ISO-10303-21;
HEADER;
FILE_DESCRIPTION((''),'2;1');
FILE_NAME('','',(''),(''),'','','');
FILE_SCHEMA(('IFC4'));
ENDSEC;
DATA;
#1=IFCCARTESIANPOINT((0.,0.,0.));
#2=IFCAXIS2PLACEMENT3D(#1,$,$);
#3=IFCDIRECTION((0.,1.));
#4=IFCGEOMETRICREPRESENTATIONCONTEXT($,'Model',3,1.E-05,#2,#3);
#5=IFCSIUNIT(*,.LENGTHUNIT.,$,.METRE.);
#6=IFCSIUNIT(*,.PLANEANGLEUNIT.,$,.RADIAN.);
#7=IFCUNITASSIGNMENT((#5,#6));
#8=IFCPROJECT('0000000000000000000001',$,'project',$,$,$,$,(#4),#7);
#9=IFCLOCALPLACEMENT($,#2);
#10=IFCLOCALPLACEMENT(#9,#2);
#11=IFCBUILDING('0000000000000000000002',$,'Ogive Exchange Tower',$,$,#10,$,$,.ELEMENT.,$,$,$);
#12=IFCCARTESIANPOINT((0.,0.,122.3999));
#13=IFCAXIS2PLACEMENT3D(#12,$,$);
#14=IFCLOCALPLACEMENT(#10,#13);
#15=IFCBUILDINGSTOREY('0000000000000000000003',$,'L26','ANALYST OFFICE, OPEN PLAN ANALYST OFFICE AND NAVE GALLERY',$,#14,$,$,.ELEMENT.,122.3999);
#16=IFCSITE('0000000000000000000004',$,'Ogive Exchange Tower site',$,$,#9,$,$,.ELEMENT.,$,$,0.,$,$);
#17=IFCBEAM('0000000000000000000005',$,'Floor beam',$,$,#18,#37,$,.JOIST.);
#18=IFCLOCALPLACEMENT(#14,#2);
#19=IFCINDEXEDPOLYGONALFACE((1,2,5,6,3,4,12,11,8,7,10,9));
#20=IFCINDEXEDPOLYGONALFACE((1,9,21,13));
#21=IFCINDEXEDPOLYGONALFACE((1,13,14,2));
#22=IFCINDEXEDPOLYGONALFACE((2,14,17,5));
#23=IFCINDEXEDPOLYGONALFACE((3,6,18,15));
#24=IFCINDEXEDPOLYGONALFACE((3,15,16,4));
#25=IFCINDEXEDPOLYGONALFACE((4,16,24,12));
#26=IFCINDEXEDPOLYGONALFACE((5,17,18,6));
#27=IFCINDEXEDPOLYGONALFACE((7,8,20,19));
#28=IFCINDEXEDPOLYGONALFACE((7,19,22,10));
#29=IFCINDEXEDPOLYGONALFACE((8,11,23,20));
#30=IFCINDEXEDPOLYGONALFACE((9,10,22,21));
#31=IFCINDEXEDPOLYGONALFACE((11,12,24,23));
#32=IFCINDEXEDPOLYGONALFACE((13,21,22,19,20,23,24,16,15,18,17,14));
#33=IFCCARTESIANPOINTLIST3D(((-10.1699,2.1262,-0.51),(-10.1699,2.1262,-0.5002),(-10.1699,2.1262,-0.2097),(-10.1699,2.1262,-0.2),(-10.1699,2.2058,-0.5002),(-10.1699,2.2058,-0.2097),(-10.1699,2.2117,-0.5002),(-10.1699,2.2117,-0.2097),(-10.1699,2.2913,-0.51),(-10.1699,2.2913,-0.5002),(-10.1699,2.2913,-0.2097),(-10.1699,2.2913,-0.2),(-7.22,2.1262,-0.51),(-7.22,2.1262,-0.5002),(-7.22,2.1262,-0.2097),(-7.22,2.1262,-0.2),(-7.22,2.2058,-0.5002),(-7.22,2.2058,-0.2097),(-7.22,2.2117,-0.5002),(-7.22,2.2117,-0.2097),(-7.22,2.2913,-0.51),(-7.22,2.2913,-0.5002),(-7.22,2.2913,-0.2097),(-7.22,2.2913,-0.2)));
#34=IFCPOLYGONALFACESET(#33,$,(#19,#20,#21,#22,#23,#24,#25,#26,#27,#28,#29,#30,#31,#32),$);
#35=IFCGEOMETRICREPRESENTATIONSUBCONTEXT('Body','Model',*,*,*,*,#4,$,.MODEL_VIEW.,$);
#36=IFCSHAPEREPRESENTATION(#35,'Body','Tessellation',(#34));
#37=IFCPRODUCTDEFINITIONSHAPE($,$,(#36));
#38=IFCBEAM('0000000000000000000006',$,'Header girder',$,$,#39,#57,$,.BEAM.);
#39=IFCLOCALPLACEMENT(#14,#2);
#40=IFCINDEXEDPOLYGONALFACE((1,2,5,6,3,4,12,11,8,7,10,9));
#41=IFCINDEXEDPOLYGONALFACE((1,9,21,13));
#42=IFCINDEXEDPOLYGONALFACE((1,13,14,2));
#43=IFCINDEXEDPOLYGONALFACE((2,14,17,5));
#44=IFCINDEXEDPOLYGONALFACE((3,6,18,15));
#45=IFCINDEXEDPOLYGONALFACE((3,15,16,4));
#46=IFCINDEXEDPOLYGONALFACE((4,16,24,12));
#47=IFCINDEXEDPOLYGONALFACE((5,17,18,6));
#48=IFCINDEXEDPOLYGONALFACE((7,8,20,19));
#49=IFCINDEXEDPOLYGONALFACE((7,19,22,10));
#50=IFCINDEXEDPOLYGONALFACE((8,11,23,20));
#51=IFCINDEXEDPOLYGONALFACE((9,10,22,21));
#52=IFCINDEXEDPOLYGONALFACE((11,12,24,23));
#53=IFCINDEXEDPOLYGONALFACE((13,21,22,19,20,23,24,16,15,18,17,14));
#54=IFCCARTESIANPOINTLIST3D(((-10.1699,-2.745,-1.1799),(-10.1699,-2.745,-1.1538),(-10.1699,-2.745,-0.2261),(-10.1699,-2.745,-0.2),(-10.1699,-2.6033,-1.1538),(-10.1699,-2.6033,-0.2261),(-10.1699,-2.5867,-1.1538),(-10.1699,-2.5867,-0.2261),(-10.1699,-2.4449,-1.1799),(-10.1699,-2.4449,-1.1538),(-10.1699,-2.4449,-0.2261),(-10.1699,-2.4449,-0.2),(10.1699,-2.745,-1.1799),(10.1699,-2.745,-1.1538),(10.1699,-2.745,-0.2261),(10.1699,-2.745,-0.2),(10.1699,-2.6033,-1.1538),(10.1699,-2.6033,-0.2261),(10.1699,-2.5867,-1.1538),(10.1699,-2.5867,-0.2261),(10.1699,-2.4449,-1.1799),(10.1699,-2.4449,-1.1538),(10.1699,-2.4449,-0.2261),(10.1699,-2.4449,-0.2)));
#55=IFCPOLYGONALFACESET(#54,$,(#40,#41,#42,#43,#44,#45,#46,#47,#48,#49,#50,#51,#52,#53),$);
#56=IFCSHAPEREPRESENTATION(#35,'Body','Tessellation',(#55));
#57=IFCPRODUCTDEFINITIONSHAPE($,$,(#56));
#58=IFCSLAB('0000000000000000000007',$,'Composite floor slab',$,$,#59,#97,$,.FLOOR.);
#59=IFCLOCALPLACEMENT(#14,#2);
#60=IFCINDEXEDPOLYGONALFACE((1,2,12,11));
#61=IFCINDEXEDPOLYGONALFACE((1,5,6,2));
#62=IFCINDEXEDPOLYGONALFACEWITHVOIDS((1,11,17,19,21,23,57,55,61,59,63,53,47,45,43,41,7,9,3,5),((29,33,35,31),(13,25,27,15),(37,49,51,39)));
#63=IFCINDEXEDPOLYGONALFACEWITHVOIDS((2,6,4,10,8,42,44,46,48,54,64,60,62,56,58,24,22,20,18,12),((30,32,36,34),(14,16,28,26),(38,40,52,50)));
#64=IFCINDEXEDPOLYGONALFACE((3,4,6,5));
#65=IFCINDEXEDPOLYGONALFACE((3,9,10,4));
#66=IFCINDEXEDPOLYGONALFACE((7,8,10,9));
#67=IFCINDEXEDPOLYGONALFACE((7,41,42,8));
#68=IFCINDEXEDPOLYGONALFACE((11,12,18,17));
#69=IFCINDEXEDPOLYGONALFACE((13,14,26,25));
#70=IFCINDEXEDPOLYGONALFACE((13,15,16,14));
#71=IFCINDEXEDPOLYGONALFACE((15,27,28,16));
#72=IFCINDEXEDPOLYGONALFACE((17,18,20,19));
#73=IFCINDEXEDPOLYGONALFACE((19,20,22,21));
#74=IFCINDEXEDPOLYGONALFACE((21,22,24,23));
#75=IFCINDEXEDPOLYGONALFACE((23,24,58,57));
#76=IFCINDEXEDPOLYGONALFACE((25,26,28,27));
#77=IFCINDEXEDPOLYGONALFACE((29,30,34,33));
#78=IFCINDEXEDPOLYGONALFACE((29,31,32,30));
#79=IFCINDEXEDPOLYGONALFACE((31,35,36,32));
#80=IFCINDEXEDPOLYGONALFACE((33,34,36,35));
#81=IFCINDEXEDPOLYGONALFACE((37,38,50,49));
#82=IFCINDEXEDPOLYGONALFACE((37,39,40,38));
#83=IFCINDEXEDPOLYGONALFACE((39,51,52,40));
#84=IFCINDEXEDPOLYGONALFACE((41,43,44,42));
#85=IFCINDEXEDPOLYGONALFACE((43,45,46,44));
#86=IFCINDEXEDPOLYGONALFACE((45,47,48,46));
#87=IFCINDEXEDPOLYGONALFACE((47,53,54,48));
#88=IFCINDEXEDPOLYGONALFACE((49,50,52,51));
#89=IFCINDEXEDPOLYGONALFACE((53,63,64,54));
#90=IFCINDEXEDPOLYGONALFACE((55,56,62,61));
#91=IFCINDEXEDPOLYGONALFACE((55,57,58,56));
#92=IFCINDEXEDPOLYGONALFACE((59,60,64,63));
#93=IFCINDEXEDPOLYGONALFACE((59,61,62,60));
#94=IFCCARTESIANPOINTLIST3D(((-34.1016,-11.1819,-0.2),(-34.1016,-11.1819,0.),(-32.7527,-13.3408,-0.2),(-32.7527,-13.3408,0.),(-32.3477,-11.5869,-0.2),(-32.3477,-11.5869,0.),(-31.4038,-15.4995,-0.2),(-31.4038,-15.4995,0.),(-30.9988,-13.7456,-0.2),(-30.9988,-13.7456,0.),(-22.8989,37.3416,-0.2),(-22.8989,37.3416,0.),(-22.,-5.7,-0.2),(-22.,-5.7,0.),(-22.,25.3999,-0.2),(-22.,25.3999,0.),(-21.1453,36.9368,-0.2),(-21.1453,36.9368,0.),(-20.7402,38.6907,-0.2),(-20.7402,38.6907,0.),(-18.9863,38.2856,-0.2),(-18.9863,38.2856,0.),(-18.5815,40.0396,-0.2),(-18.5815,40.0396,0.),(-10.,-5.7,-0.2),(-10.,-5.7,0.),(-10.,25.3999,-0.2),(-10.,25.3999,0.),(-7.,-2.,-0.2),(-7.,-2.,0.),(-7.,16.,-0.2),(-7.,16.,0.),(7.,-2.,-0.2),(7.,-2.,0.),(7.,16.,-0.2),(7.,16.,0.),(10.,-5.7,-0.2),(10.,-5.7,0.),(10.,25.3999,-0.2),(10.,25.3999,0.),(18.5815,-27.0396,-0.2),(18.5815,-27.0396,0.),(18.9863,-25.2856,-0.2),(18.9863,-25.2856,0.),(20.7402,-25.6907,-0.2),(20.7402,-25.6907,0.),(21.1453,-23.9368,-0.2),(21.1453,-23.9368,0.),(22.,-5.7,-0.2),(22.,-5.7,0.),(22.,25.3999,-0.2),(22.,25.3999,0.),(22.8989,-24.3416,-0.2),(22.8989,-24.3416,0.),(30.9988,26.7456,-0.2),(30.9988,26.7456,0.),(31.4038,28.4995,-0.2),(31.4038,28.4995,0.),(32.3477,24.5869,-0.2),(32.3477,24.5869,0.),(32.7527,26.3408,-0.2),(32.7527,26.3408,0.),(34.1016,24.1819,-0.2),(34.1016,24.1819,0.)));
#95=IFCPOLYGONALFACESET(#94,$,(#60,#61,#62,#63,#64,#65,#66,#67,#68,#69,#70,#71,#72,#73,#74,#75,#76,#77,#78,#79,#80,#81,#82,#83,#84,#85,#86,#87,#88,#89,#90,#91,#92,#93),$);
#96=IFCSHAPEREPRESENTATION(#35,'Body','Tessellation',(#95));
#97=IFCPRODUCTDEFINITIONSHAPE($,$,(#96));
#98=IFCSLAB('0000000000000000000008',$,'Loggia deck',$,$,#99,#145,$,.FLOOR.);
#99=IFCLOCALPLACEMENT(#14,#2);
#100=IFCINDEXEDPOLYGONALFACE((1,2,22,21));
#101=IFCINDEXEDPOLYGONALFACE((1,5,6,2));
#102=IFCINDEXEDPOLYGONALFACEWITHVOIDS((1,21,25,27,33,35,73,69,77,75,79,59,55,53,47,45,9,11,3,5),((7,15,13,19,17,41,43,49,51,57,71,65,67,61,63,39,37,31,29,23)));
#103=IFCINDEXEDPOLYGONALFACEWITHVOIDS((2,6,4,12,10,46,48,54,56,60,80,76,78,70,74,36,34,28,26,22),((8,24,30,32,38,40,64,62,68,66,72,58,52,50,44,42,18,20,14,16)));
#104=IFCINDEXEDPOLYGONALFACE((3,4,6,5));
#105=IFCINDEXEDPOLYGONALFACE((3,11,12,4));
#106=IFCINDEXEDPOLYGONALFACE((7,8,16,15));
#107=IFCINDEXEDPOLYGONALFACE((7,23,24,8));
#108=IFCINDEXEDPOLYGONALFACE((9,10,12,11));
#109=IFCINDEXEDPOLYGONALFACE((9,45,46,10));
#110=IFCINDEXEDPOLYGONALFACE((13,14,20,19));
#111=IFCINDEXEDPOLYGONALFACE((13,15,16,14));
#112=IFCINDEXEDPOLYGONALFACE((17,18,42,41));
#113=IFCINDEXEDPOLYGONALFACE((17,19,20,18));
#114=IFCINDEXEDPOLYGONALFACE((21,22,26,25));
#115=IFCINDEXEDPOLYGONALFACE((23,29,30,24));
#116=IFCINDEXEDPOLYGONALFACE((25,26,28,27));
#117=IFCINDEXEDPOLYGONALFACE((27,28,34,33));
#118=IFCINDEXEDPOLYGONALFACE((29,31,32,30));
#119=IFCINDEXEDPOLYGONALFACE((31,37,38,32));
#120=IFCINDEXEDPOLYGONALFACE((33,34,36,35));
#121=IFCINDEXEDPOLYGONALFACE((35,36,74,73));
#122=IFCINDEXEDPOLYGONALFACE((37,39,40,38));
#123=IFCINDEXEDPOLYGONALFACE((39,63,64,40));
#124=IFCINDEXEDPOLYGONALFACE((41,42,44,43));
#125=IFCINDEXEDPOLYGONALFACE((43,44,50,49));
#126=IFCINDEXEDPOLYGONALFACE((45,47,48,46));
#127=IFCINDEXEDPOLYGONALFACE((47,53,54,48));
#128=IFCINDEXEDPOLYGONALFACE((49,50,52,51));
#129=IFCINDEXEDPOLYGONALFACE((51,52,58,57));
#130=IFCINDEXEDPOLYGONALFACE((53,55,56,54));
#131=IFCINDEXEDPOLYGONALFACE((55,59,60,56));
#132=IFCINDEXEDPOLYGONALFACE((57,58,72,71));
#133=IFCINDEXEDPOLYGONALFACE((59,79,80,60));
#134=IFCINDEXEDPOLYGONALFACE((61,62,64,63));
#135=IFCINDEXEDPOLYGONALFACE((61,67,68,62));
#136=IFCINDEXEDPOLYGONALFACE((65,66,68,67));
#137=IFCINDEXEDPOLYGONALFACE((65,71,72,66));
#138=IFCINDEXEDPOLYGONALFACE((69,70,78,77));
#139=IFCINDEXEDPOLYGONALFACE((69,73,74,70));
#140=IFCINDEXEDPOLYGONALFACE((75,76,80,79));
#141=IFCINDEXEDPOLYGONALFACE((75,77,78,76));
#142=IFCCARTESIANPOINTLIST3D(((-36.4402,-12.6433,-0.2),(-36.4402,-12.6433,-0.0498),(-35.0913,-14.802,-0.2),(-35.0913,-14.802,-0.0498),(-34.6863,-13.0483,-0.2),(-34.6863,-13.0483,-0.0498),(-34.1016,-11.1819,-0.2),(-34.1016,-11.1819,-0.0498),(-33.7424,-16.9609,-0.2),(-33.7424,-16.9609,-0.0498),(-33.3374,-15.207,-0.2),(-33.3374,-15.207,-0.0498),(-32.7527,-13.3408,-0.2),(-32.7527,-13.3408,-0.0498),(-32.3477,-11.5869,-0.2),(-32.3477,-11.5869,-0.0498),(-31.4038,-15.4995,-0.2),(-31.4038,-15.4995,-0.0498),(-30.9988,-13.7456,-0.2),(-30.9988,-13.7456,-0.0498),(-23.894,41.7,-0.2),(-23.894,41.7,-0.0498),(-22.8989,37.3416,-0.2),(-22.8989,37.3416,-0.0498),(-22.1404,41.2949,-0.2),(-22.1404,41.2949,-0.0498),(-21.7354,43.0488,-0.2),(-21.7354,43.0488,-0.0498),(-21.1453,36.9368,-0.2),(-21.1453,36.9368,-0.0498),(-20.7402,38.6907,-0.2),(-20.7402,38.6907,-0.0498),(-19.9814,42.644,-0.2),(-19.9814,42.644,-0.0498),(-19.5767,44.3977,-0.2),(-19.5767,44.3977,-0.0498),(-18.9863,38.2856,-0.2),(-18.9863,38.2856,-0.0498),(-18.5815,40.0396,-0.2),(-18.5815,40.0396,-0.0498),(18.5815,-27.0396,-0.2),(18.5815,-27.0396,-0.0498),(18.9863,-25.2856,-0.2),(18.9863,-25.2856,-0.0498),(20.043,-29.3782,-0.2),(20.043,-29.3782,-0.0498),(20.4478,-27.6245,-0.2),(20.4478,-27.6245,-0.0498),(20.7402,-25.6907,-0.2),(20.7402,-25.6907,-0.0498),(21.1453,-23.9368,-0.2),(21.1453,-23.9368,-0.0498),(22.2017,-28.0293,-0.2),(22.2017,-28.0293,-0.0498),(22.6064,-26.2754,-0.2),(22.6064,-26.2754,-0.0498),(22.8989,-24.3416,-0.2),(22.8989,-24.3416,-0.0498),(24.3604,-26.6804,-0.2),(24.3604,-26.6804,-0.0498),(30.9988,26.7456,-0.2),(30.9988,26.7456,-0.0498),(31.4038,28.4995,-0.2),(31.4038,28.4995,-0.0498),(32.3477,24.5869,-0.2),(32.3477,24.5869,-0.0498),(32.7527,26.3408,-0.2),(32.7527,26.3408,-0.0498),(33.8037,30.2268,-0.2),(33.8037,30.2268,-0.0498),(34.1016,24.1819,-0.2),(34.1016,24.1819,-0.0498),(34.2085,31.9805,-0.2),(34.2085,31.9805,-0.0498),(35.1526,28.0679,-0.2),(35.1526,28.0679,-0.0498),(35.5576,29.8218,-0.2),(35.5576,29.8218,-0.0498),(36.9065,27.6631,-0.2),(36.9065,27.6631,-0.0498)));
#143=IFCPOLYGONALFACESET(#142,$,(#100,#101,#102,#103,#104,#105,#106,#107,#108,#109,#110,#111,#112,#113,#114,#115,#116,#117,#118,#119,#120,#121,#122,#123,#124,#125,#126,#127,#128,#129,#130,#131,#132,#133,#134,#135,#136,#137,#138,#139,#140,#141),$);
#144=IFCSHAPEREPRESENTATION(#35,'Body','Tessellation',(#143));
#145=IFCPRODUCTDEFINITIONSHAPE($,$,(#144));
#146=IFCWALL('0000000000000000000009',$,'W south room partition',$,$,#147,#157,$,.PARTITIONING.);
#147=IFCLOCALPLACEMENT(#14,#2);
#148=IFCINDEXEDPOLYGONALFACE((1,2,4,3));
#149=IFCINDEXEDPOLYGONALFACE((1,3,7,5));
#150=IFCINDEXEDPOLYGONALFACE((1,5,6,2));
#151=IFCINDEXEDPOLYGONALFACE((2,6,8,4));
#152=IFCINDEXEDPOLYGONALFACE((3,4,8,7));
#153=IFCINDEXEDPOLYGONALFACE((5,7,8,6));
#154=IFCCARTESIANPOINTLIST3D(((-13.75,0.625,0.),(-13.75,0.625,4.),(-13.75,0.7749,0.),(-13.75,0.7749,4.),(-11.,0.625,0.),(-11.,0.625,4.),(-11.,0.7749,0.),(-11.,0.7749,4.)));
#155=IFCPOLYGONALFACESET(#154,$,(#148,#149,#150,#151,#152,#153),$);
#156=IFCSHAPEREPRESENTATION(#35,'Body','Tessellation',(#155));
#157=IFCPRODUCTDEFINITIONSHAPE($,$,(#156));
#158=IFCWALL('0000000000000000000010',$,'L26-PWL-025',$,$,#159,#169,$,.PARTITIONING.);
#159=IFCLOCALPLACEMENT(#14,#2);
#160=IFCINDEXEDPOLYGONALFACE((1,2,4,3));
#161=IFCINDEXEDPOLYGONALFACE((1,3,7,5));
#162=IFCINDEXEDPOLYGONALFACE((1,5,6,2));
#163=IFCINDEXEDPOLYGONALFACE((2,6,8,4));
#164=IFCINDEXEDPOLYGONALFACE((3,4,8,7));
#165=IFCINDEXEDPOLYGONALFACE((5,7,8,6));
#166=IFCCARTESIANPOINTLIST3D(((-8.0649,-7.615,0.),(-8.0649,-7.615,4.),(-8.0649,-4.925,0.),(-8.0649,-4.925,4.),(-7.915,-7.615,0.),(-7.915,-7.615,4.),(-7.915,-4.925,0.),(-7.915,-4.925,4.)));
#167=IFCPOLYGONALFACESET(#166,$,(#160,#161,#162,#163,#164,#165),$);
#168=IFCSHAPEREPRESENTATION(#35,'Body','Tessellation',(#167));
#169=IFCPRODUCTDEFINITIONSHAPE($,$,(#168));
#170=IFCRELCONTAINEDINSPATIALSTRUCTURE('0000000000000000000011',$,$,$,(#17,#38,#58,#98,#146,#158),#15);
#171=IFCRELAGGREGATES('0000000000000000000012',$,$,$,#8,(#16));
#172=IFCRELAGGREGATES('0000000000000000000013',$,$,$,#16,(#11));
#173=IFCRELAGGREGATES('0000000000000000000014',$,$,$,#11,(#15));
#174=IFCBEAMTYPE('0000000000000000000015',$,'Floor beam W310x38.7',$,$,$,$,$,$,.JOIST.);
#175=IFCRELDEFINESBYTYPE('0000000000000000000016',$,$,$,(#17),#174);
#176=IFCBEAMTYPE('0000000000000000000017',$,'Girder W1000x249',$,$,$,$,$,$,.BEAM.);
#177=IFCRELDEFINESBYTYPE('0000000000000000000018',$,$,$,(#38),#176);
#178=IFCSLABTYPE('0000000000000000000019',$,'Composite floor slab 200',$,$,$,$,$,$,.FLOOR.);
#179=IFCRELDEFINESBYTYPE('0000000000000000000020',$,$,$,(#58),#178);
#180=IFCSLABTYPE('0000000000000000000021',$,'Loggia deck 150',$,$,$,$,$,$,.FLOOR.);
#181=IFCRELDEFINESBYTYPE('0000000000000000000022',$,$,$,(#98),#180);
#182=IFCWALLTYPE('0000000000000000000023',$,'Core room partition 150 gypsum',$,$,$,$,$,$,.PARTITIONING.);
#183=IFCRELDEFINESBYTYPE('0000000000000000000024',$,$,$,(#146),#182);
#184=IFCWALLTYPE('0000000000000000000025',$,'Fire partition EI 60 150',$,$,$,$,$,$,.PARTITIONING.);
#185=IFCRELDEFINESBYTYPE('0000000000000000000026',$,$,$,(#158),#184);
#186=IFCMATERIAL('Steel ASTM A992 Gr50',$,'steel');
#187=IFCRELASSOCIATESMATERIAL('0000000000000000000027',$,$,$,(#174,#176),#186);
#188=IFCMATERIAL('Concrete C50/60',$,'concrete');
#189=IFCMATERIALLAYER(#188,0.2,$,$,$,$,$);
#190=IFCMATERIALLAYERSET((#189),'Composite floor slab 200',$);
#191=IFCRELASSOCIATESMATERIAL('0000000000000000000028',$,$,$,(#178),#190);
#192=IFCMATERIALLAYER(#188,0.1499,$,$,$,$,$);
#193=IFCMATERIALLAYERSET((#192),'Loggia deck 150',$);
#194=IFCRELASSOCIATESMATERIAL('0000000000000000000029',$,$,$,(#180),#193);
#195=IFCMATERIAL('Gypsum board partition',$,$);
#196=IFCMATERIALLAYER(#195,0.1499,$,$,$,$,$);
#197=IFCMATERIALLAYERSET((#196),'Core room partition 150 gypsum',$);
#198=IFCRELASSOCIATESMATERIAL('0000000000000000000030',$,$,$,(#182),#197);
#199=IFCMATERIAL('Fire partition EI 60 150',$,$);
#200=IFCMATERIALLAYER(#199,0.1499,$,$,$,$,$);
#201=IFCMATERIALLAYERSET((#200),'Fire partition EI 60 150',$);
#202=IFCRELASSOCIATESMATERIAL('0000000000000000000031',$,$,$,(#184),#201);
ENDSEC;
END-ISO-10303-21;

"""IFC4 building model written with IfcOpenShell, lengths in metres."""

from ifc_helpers import new_model, si_unit, direction, frame, frame_2d, origin, origin_2d, place, context, subcontext, project, spatial, polyline, rectangle, i_section, outline, extrude, material, layer, layer_set, material_profile, profile_set, type_object, element, save


model = new_model("IFC4")

# Units and contexts
model_context = context("Model", 3, precision=1e-05, world=origin(), true_north=direction((0.0, 1.0)))
body_context = subcontext(model_context, "Body", "Model", "MODEL_VIEW")
ifc_project = project(units=[si_unit("LENGTHUNIT", "METRE"), si_unit("PLANEANGLEUNIT", "RADIAN")], contexts=[model_context])

# Site, building, storey
site_placement = place(None, origin())
site = spatial("IfcSite", under=ifc_project, at=site_placement, Name="Ogive Exchange Tower site", CompositionType="ELEMENT", RefElevation=0.0)
building_placement = place(site_placement, origin())
building = spatial("IfcBuilding", under=site, at=building_placement, Name="Ogive Exchange Tower", CompositionType="ELEMENT")
storey_placement = place(building_placement, frame((0.0, 0.0, 122.3999)))
storey = spatial("IfcBuildingStorey", under=building, at=storey_placement, Name="L26", Description="ANALYST OFFICE, OPEN PLAN ANALYST OFFICE AND NAVE GALLERY", CompositionType="ELEMENT", Elevation=122.3999)

# Beams
ifc_material_1 = material(Name="Steel ASTM A992 Gr50", Category="steel")
ifc_material_profile_1 = material_profile(ifc_material_1, i_section(OverallWidth=0.165, OverallDepth=0.3101, WebThickness=0.0059, FlangeThickness=0.0098, at=origin_2d()), Name="W310x38.7")
ifc_profile_set_1 = profile_set([ifc_material_profile_1], Name="Steel ASTM A992 Gr50")
beam_type_1 = type_object("IfcBeamType", Name="Floor beam W310x38.7", PredefinedType="JOIST", material=ifc_profile_set_1)
beam_1_placement = place(storey_placement, frame((-10.1699, 2.2087, -0.355), z_axis=(1.0, 0.0, 0.0), x_axis=(0.0, 1.0, 0.0)))
element("IfcBeam", 1, at=beam_1_placement, inside=storey, type_object=beam_type_1, Name="Floor beam", PredefinedType="JOIST", context=body_context, shape_type="SweptSolid", body=[
    extrude(i_section(OverallWidth=0.165, OverallDepth=0.3101, WebThickness=0.0059, FlangeThickness=0.0098, at=origin_2d()), origin(), (0.0, 0.0, 1.0), 2.95),
])
ifc_material_profile_2 = material_profile(ifc_material_1, i_section(OverallWidth=0.3, OverallDepth=0.98, WebThickness=0.0166, FlangeThickness=0.0261, at=origin_2d()), Name="W1000x249")
ifc_profile_set_2 = profile_set([ifc_material_profile_2], Name="Steel ASTM A992 Gr50")
beam_type_2 = type_object("IfcBeamType", Name="Girder W1000x249", PredefinedType="BEAM", material=ifc_profile_set_2)
beam_2_placement = place(storey_placement, frame((-10.1699, -2.595, -0.6899), z_axis=(1.0, 0.0, 0.0), x_axis=(0.0, 1.0, 0.0)))
element("IfcBeam", 2, at=beam_2_placement, inside=storey, type_object=beam_type_2, Name="Header girder", PredefinedType="BEAM", context=body_context, shape_type="SweptSolid", body=[
    extrude(i_section(OverallWidth=0.3, OverallDepth=0.98, WebThickness=0.0166, FlangeThickness=0.0261, at=origin_2d()), origin(), (0.0, 0.0, 1.0), 20.3398),
])

# Slabs
ifc_material_2 = material(Name="Concrete C50/60", Category="concrete")
ifc_layer_1 = layer(ifc_material_2, 0.2)
ifc_layer_set_1 = layer_set([ifc_layer_1], Name="Composite floor slab 200")
slab_type_1 = type_object("IfcSlabType", Name="Composite floor slab 200", PredefinedType="FLOOR", material=ifc_layer_set_1)
slab_1_placement = place(storey_placement, frame((0.0, 0.0, -0.2)))
element("IfcSlab", 3, at=slab_1_placement, inside=storey, type_object=slab_type_1, Name="Composite floor slab", PredefinedType="FLOOR", context=body_context, shape_type="SweptSolid", body=[
    extrude(outline(polyline([(-30.9988, -13.7456), (-32.7527, -13.3408), (-32.3477, -11.5869), (-34.1016, -11.1819), (-22.8989, 37.3416), (-21.1453, 36.9368), (-20.7402, 38.6907), (-18.9863, 38.2856), (-18.5815, 40.0396), (31.4038, 28.4995), (30.9988, 26.7456), (32.7527, 26.3408), (32.3477, 24.5869), (34.1016, 24.1819), (22.8989, -24.3416), (21.1453, -23.9368), (20.7402, -25.6907), (18.9863, -25.2856), (18.5815, -27.0396), (-31.4038, -15.4995), (-30.9988, -13.7456)]), holes=[polyline([(7.0, -2.0), (7.0, 16.0), (-7.0, 16.0), (-7.0, -2.0), (7.0, -2.0)]), polyline([(-22.0, -5.7), (-10.0, -5.7), (-10.0, 25.3999), (-22.0, 25.3999), (-22.0, -5.7)]), polyline([(10.0, -5.7), (22.0, -5.7), (22.0, 25.3999), (10.0, 25.3999), (10.0, -5.7)])]), origin(), (0.0, 0.0, 1.0), 0.2),
])
ifc_layer_2 = layer(ifc_material_2, 0.1499)
ifc_layer_set_2 = layer_set([ifc_layer_2], Name="Loggia deck 150")
slab_type_2 = type_object("IfcSlabType", Name="Loggia deck 150", PredefinedType="FLOOR", material=ifc_layer_set_2)
slab_2_placement = place(storey_placement, frame((0.0, 0.0, -0.2)))
element("IfcSlab", 4, at=slab_2_placement, inside=storey, type_object=slab_type_2, Name="Loggia deck", PredefinedType="FLOOR", context=body_context, shape_type="SweptSolid", body=[
    extrude(outline(polyline([(-33.3374, -15.207), (-35.0913, -14.802), (-34.6863, -13.0483), (-36.4402, -12.6433), (-23.894, 41.7), (-22.1404, 41.2949), (-21.7354, 43.0488), (-19.9814, 42.644), (-19.5767, 44.3977), (34.2085, 31.9805), (33.8037, 30.2268), (35.5576, 29.8218), (35.1526, 28.0679), (36.9065, 27.6631), (24.3604, -26.6804), (22.6064, -26.2754), (22.2017, -28.0293), (20.4478, -27.6245), (20.043, -29.3782), (-33.7424, -16.9609), (-33.3374, -15.207)]), holes=[polyline([(18.9863, -25.2856), (20.7402, -25.6907), (21.1453, -23.9368), (22.8989, -24.3416), (34.1016, 24.1819), (32.3477, 24.5869), (32.7527, 26.3408), (30.9988, 26.7456), (31.4038, 28.4995), (-18.5815, 40.0396), (-18.9863, 38.2856), (-20.7402, 38.6907), (-21.1453, 36.9368), (-22.8989, 37.3416), (-34.1016, -11.1819), (-32.3477, -11.5869), (-32.7527, -13.3408), (-30.9988, -13.7456), (-31.4038, -15.4995), (18.5815, -27.0396), (18.9863, -25.2856)])]), origin(), (0.0, 0.0, 1.0), 0.1501),
])

# Walls
ifc_material_3 = material(Name="Gypsum board partition")
ifc_layer_3 = layer(ifc_material_3, 0.1499)
ifc_layer_set_3 = layer_set([ifc_layer_3], Name="Core room partition 150 gypsum")
wall_type_1 = type_object("IfcWallType", Name="Core room partition 150 gypsum", PredefinedType="PARTITIONING", material=ifc_layer_set_3)
wall_1_placement = place(storey_placement, frame((-13.75, 0.7, 0.0), z_axis=(0.0, 0.0, 1.0), x_axis=(1.0, 0.0, 0.0)))
element("IfcWall", 5, at=wall_1_placement, inside=storey, type_object=wall_type_1, Name="W south room partition", PredefinedType="PARTITIONING", context=body_context, shape_type="SweptSolid", body=[
    extrude(rectangle(XDim=2.75, YDim=0.1499, at=frame_2d((1.375, 0.0))), origin(), (0.0, 0.0, 1.0), 4.0),
])
ifc_material_4 = material(Name="Fire partition EI 60 150")
ifc_layer_4 = layer(ifc_material_4, 0.1499)
ifc_layer_set_4 = layer_set([ifc_layer_4], Name="Fire partition EI 60 150")
wall_type_2 = type_object("IfcWallType", Name="Fire partition EI 60 150", PredefinedType="PARTITIONING", material=ifc_layer_set_4)
wall_2_placement = place(storey_placement, frame((-7.99, -4.925, 0.0), z_axis=(0.0, 0.0, 1.0), x_axis=(0.0, -1.0, 0.0)))
element("IfcWall", 6, at=wall_2_placement, inside=storey, type_object=wall_type_2, Name="L26-PWL-025", PredefinedType="PARTITIONING", context=body_context, shape_type="SweptSolid", body=[
    extrude(rectangle(XDim=2.6899, YDim=0.1499, at=frame_2d((1.345, 0.0))), origin(), (0.0, 0.0, 1.0), 4.0),
])

save(model, "model.ifc")
